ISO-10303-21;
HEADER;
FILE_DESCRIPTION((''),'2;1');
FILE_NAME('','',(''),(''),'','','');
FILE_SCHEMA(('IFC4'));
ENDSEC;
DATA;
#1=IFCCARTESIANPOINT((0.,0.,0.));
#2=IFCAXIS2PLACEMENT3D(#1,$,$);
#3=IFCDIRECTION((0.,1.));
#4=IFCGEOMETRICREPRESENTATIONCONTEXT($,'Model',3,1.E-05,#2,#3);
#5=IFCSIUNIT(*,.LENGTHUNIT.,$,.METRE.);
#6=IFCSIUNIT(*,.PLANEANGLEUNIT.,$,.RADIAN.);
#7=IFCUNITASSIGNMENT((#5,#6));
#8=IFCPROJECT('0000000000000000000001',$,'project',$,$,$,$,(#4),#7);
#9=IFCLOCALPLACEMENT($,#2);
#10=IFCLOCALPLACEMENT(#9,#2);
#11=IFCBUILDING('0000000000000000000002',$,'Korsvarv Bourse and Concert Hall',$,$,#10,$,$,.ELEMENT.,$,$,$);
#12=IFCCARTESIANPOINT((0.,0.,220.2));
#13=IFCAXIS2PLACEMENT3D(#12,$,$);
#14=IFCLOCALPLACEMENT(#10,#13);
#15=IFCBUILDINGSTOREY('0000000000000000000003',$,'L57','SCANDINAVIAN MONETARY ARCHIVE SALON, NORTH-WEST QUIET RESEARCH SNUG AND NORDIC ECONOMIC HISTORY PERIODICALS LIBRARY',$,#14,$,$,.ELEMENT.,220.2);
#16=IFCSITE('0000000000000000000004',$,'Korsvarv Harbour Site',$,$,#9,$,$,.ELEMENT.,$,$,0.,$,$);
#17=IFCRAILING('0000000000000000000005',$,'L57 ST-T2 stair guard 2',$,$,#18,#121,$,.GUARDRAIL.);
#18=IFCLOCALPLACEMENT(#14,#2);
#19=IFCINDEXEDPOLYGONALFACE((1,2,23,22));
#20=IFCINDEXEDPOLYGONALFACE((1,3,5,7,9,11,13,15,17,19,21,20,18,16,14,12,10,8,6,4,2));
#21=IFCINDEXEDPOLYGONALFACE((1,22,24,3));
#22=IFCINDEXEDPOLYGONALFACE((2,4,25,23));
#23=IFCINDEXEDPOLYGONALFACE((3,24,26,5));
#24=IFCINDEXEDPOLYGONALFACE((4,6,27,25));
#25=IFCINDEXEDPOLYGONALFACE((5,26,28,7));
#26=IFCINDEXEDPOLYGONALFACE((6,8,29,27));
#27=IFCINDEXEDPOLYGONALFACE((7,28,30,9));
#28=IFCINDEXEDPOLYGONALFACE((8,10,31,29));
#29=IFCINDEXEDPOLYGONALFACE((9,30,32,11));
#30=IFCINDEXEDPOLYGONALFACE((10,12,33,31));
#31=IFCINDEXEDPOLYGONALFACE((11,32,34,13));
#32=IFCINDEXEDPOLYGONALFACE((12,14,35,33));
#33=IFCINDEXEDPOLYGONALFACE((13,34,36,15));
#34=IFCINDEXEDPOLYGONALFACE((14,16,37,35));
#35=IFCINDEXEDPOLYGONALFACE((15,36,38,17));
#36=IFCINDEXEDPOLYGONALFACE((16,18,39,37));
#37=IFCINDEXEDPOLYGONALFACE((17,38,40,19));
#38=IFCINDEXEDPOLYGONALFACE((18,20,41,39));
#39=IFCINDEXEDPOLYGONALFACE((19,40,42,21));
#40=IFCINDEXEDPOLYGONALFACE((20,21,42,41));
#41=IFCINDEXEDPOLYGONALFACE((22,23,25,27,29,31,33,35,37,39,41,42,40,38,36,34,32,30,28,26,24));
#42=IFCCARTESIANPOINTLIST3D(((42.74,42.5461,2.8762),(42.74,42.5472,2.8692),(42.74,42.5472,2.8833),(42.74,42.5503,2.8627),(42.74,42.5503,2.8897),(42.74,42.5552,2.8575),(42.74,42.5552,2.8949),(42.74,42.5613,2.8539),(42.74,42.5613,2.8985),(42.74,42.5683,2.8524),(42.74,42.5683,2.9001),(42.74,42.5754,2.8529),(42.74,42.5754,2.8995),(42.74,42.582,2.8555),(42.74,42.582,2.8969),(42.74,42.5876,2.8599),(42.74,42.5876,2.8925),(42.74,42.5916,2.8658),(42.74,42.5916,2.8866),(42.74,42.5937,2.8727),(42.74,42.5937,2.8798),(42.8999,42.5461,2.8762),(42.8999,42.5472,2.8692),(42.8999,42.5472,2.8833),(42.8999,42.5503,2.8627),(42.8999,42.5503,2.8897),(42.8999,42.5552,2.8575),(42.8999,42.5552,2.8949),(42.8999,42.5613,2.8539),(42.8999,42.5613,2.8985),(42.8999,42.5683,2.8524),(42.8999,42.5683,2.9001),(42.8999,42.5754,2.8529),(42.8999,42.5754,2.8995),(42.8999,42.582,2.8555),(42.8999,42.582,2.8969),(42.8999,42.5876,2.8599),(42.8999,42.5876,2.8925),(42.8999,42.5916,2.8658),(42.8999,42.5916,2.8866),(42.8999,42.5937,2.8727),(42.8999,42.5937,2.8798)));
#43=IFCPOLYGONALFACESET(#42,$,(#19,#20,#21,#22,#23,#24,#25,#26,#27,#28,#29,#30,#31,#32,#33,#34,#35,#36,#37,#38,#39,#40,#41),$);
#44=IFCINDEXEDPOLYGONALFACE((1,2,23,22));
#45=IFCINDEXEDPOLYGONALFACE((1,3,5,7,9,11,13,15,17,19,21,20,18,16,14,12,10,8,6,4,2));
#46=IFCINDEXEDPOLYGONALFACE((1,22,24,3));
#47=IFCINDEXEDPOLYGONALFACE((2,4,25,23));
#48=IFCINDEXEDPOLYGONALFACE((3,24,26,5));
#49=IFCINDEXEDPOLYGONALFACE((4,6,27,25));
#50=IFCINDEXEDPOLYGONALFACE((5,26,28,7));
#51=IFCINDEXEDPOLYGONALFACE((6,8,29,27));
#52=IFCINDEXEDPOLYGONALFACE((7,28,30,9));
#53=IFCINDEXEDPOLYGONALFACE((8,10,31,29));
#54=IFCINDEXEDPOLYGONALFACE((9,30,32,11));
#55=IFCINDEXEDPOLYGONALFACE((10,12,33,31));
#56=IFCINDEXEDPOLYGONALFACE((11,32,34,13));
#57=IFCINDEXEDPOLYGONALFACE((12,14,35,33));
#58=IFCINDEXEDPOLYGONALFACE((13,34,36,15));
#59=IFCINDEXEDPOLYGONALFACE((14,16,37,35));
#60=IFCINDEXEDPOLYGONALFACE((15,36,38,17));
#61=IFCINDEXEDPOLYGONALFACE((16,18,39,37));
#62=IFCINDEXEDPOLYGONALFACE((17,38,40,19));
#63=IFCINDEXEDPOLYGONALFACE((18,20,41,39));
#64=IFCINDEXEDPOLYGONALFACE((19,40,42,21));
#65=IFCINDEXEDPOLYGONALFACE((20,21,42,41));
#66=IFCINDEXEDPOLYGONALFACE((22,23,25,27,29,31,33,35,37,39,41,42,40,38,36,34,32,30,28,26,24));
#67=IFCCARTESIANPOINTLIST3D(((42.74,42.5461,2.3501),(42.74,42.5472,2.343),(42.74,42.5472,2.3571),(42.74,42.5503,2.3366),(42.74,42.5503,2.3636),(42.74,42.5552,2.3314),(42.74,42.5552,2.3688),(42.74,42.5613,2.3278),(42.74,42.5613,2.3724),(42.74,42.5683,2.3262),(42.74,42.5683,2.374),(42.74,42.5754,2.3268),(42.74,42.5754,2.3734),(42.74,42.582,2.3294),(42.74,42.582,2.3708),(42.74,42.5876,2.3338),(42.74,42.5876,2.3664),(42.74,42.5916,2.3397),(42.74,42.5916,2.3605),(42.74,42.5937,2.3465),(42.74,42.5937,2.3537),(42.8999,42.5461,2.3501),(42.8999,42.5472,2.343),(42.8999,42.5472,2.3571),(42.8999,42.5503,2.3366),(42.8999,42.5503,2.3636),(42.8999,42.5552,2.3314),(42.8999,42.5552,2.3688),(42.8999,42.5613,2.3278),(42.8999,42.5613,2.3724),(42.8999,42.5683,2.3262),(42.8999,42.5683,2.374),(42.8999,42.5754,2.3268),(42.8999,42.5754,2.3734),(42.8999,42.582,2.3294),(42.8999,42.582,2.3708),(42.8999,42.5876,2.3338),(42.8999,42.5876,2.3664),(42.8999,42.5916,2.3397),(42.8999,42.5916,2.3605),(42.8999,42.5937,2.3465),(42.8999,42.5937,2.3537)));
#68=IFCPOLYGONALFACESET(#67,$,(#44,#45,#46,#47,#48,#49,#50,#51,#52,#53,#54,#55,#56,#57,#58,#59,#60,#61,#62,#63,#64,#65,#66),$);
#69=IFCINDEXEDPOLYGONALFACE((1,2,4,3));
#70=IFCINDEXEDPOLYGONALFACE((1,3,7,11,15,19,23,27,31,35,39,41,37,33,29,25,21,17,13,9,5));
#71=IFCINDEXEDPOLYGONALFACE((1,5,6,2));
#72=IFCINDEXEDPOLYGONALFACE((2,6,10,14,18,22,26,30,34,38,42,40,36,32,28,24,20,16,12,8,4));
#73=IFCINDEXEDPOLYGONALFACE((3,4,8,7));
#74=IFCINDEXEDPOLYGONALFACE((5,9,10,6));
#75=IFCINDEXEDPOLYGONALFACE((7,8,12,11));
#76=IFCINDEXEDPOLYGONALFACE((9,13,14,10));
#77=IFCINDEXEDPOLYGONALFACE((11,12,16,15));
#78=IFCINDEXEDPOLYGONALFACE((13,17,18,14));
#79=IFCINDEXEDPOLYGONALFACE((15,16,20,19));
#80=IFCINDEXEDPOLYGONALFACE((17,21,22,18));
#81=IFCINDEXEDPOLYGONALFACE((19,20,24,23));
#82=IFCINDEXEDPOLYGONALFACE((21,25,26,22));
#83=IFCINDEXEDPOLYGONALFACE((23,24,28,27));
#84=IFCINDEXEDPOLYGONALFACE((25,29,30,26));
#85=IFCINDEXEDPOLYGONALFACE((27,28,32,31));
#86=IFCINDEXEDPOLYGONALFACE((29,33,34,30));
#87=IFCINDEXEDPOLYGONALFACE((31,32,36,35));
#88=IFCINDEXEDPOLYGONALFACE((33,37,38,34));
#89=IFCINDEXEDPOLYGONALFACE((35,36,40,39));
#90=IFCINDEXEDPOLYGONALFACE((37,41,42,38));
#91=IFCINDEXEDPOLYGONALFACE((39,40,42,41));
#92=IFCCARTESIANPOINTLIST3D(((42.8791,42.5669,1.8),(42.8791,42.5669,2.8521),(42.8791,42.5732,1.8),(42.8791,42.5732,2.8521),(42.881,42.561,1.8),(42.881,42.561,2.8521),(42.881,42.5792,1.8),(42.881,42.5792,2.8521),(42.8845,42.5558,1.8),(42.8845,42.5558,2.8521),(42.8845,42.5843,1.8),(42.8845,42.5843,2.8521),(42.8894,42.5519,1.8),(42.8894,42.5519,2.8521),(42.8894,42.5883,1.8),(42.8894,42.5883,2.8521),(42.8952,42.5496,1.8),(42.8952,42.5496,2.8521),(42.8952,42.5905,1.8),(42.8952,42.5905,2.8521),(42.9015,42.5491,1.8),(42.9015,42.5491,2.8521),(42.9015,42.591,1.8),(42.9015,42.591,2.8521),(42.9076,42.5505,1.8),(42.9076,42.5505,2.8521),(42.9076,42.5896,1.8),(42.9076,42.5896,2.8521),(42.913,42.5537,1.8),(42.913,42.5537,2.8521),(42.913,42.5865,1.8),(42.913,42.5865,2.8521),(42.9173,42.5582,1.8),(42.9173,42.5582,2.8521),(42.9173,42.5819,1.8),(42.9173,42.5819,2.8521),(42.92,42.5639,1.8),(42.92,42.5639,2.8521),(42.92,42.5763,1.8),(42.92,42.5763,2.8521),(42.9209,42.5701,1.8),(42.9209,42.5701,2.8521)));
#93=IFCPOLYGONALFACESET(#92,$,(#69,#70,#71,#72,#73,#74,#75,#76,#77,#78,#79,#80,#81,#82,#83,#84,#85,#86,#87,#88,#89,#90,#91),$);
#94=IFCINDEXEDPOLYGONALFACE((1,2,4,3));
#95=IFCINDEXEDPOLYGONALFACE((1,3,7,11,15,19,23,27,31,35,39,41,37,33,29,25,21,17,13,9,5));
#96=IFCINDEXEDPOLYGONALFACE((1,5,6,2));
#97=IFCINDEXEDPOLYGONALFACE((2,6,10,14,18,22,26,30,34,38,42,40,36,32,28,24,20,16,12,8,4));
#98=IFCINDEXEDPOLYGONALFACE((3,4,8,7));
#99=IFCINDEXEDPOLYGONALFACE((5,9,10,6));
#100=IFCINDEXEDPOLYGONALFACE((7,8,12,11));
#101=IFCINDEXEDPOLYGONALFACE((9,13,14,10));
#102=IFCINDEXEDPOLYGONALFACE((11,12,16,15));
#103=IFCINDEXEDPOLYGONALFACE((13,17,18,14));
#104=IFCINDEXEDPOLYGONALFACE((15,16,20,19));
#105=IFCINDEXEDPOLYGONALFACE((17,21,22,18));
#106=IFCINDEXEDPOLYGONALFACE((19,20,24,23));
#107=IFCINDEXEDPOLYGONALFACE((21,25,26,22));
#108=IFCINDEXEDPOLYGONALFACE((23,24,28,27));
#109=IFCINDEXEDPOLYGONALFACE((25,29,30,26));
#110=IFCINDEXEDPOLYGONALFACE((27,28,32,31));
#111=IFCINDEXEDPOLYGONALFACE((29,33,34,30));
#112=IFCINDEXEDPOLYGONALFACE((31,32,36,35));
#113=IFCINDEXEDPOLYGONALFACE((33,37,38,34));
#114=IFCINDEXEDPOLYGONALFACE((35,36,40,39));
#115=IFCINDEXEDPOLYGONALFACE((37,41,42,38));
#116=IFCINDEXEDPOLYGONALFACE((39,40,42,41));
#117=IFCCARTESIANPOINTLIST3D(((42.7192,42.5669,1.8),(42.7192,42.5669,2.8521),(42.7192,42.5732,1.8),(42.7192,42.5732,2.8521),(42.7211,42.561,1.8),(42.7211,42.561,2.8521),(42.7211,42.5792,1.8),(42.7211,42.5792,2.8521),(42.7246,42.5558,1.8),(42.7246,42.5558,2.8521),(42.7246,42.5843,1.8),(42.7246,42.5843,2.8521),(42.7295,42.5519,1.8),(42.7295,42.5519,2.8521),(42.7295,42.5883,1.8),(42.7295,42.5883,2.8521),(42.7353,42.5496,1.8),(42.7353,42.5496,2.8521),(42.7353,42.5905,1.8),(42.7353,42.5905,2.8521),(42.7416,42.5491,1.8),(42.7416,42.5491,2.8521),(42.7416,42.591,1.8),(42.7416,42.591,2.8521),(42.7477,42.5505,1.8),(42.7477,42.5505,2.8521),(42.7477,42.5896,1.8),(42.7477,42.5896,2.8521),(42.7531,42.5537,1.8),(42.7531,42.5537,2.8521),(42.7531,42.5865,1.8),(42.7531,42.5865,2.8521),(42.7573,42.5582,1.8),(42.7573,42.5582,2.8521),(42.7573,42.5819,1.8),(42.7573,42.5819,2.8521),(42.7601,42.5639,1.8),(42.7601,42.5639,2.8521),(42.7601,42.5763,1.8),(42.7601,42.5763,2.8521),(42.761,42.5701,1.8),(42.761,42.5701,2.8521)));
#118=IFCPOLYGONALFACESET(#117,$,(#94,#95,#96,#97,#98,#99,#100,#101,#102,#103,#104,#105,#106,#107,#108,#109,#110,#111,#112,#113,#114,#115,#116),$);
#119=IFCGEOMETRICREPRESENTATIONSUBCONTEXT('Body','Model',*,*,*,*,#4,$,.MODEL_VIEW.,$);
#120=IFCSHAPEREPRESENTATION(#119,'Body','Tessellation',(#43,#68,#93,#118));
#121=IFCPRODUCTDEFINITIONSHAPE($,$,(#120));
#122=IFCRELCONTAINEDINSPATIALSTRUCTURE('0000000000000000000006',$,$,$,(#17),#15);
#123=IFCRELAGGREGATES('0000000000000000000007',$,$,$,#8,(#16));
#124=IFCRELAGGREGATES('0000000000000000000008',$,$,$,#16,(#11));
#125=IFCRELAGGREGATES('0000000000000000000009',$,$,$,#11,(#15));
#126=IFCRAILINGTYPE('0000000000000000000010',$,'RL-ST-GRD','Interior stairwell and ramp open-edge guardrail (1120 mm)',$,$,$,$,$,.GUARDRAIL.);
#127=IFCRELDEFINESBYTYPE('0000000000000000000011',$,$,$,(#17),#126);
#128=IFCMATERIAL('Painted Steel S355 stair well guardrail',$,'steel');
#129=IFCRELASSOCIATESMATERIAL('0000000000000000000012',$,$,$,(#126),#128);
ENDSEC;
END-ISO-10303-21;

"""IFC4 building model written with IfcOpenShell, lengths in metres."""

from ifc_helpers import new_model, si_unit, direction, frame, origin, origin_2d, place, context, subcontext, project, spatial, circle, extrude, material, type_object, element, save


model = new_model("IFC4")

# Units and contexts
model_context = context("Model", 3, precision=1e-05, world=origin(), true_north=direction((0.0, 1.0)))
body_context = subcontext(model_context, "Body", "Model", "MODEL_VIEW")
ifc_project = project(units=[si_unit("LENGTHUNIT", "METRE"), si_unit("PLANEANGLEUNIT", "RADIAN")], contexts=[model_context])

# Site, building, storey
site_placement = place(None, origin())
site = spatial("IfcSite", under=ifc_project, at=site_placement, Name="Korsvarv Harbour Site", CompositionType="ELEMENT", RefElevation=0.0)
building_placement = place(site_placement, origin())
building = spatial("IfcBuilding", under=site, at=building_placement, Name="Korsvarv Bourse and Concert Hall", CompositionType="ELEMENT")
storey_placement = place(building_placement, frame((0.0, 0.0, 220.2)))
storey = spatial("IfcBuildingStorey", under=building, at=storey_placement, Name="L57", Description="SCANDINAVIAN MONETARY ARCHIVE SALON, NORTH-WEST QUIET RESEARCH SNUG AND NORDIC ECONOMIC HISTORY PERIODICALS LIBRARY", CompositionType="ELEMENT", Elevation=220.2)

# Railing
ifc_material_1 = material(Name="Painted Steel S355 stair well guardrail", Category="steel")
railing_type_1 = type_object("IfcRailingType", Name="RL-ST-GRD", Description="Interior stairwell and ramp open-edge guardrail (1120 mm)", PredefinedType="GUARDRAIL", material=ifc_material_1)
railing_1_placement = place(storey_placement, frame((42.8999, 42.5701, 1.8)))
element("IfcRailing", 1, at=railing_1_placement, inside=storey, type_object=railing_type_1, Name="L57 ST-T2 stair guard 2", PredefinedType="GUARDRAIL", context=body_context, shape_type="SweptSolid", body=[
    extrude(circle(Radius=0.0239, at=origin_2d()), frame((0.0, 0.0, 1.0762), z_axis=(-1.0, 0.0, 0.0), x_axis=(0.0, -1.0, 0.0)), (0.0, 0.0, 1.0), 0.1599),
    extrude(circle(Radius=0.0239, at=origin_2d()), frame((0.0, 0.0, 0.55), z_axis=(-1.0, 0.0, 0.0), x_axis=(0.0, -1.0, 0.0)), (0.0, 0.0, 1.0), 0.1599),
    extrude(circle(Radius=0.021, at=origin_2d()), origin(), (0.0, 0.0, 1.0), 1.052),
    extrude(circle(Radius=0.021, at=origin_2d()), frame((-0.1599, 0.0, 0.0)), (0.0, 0.0, 1.0), 1.052),
])

save(model, "model.ifc")
